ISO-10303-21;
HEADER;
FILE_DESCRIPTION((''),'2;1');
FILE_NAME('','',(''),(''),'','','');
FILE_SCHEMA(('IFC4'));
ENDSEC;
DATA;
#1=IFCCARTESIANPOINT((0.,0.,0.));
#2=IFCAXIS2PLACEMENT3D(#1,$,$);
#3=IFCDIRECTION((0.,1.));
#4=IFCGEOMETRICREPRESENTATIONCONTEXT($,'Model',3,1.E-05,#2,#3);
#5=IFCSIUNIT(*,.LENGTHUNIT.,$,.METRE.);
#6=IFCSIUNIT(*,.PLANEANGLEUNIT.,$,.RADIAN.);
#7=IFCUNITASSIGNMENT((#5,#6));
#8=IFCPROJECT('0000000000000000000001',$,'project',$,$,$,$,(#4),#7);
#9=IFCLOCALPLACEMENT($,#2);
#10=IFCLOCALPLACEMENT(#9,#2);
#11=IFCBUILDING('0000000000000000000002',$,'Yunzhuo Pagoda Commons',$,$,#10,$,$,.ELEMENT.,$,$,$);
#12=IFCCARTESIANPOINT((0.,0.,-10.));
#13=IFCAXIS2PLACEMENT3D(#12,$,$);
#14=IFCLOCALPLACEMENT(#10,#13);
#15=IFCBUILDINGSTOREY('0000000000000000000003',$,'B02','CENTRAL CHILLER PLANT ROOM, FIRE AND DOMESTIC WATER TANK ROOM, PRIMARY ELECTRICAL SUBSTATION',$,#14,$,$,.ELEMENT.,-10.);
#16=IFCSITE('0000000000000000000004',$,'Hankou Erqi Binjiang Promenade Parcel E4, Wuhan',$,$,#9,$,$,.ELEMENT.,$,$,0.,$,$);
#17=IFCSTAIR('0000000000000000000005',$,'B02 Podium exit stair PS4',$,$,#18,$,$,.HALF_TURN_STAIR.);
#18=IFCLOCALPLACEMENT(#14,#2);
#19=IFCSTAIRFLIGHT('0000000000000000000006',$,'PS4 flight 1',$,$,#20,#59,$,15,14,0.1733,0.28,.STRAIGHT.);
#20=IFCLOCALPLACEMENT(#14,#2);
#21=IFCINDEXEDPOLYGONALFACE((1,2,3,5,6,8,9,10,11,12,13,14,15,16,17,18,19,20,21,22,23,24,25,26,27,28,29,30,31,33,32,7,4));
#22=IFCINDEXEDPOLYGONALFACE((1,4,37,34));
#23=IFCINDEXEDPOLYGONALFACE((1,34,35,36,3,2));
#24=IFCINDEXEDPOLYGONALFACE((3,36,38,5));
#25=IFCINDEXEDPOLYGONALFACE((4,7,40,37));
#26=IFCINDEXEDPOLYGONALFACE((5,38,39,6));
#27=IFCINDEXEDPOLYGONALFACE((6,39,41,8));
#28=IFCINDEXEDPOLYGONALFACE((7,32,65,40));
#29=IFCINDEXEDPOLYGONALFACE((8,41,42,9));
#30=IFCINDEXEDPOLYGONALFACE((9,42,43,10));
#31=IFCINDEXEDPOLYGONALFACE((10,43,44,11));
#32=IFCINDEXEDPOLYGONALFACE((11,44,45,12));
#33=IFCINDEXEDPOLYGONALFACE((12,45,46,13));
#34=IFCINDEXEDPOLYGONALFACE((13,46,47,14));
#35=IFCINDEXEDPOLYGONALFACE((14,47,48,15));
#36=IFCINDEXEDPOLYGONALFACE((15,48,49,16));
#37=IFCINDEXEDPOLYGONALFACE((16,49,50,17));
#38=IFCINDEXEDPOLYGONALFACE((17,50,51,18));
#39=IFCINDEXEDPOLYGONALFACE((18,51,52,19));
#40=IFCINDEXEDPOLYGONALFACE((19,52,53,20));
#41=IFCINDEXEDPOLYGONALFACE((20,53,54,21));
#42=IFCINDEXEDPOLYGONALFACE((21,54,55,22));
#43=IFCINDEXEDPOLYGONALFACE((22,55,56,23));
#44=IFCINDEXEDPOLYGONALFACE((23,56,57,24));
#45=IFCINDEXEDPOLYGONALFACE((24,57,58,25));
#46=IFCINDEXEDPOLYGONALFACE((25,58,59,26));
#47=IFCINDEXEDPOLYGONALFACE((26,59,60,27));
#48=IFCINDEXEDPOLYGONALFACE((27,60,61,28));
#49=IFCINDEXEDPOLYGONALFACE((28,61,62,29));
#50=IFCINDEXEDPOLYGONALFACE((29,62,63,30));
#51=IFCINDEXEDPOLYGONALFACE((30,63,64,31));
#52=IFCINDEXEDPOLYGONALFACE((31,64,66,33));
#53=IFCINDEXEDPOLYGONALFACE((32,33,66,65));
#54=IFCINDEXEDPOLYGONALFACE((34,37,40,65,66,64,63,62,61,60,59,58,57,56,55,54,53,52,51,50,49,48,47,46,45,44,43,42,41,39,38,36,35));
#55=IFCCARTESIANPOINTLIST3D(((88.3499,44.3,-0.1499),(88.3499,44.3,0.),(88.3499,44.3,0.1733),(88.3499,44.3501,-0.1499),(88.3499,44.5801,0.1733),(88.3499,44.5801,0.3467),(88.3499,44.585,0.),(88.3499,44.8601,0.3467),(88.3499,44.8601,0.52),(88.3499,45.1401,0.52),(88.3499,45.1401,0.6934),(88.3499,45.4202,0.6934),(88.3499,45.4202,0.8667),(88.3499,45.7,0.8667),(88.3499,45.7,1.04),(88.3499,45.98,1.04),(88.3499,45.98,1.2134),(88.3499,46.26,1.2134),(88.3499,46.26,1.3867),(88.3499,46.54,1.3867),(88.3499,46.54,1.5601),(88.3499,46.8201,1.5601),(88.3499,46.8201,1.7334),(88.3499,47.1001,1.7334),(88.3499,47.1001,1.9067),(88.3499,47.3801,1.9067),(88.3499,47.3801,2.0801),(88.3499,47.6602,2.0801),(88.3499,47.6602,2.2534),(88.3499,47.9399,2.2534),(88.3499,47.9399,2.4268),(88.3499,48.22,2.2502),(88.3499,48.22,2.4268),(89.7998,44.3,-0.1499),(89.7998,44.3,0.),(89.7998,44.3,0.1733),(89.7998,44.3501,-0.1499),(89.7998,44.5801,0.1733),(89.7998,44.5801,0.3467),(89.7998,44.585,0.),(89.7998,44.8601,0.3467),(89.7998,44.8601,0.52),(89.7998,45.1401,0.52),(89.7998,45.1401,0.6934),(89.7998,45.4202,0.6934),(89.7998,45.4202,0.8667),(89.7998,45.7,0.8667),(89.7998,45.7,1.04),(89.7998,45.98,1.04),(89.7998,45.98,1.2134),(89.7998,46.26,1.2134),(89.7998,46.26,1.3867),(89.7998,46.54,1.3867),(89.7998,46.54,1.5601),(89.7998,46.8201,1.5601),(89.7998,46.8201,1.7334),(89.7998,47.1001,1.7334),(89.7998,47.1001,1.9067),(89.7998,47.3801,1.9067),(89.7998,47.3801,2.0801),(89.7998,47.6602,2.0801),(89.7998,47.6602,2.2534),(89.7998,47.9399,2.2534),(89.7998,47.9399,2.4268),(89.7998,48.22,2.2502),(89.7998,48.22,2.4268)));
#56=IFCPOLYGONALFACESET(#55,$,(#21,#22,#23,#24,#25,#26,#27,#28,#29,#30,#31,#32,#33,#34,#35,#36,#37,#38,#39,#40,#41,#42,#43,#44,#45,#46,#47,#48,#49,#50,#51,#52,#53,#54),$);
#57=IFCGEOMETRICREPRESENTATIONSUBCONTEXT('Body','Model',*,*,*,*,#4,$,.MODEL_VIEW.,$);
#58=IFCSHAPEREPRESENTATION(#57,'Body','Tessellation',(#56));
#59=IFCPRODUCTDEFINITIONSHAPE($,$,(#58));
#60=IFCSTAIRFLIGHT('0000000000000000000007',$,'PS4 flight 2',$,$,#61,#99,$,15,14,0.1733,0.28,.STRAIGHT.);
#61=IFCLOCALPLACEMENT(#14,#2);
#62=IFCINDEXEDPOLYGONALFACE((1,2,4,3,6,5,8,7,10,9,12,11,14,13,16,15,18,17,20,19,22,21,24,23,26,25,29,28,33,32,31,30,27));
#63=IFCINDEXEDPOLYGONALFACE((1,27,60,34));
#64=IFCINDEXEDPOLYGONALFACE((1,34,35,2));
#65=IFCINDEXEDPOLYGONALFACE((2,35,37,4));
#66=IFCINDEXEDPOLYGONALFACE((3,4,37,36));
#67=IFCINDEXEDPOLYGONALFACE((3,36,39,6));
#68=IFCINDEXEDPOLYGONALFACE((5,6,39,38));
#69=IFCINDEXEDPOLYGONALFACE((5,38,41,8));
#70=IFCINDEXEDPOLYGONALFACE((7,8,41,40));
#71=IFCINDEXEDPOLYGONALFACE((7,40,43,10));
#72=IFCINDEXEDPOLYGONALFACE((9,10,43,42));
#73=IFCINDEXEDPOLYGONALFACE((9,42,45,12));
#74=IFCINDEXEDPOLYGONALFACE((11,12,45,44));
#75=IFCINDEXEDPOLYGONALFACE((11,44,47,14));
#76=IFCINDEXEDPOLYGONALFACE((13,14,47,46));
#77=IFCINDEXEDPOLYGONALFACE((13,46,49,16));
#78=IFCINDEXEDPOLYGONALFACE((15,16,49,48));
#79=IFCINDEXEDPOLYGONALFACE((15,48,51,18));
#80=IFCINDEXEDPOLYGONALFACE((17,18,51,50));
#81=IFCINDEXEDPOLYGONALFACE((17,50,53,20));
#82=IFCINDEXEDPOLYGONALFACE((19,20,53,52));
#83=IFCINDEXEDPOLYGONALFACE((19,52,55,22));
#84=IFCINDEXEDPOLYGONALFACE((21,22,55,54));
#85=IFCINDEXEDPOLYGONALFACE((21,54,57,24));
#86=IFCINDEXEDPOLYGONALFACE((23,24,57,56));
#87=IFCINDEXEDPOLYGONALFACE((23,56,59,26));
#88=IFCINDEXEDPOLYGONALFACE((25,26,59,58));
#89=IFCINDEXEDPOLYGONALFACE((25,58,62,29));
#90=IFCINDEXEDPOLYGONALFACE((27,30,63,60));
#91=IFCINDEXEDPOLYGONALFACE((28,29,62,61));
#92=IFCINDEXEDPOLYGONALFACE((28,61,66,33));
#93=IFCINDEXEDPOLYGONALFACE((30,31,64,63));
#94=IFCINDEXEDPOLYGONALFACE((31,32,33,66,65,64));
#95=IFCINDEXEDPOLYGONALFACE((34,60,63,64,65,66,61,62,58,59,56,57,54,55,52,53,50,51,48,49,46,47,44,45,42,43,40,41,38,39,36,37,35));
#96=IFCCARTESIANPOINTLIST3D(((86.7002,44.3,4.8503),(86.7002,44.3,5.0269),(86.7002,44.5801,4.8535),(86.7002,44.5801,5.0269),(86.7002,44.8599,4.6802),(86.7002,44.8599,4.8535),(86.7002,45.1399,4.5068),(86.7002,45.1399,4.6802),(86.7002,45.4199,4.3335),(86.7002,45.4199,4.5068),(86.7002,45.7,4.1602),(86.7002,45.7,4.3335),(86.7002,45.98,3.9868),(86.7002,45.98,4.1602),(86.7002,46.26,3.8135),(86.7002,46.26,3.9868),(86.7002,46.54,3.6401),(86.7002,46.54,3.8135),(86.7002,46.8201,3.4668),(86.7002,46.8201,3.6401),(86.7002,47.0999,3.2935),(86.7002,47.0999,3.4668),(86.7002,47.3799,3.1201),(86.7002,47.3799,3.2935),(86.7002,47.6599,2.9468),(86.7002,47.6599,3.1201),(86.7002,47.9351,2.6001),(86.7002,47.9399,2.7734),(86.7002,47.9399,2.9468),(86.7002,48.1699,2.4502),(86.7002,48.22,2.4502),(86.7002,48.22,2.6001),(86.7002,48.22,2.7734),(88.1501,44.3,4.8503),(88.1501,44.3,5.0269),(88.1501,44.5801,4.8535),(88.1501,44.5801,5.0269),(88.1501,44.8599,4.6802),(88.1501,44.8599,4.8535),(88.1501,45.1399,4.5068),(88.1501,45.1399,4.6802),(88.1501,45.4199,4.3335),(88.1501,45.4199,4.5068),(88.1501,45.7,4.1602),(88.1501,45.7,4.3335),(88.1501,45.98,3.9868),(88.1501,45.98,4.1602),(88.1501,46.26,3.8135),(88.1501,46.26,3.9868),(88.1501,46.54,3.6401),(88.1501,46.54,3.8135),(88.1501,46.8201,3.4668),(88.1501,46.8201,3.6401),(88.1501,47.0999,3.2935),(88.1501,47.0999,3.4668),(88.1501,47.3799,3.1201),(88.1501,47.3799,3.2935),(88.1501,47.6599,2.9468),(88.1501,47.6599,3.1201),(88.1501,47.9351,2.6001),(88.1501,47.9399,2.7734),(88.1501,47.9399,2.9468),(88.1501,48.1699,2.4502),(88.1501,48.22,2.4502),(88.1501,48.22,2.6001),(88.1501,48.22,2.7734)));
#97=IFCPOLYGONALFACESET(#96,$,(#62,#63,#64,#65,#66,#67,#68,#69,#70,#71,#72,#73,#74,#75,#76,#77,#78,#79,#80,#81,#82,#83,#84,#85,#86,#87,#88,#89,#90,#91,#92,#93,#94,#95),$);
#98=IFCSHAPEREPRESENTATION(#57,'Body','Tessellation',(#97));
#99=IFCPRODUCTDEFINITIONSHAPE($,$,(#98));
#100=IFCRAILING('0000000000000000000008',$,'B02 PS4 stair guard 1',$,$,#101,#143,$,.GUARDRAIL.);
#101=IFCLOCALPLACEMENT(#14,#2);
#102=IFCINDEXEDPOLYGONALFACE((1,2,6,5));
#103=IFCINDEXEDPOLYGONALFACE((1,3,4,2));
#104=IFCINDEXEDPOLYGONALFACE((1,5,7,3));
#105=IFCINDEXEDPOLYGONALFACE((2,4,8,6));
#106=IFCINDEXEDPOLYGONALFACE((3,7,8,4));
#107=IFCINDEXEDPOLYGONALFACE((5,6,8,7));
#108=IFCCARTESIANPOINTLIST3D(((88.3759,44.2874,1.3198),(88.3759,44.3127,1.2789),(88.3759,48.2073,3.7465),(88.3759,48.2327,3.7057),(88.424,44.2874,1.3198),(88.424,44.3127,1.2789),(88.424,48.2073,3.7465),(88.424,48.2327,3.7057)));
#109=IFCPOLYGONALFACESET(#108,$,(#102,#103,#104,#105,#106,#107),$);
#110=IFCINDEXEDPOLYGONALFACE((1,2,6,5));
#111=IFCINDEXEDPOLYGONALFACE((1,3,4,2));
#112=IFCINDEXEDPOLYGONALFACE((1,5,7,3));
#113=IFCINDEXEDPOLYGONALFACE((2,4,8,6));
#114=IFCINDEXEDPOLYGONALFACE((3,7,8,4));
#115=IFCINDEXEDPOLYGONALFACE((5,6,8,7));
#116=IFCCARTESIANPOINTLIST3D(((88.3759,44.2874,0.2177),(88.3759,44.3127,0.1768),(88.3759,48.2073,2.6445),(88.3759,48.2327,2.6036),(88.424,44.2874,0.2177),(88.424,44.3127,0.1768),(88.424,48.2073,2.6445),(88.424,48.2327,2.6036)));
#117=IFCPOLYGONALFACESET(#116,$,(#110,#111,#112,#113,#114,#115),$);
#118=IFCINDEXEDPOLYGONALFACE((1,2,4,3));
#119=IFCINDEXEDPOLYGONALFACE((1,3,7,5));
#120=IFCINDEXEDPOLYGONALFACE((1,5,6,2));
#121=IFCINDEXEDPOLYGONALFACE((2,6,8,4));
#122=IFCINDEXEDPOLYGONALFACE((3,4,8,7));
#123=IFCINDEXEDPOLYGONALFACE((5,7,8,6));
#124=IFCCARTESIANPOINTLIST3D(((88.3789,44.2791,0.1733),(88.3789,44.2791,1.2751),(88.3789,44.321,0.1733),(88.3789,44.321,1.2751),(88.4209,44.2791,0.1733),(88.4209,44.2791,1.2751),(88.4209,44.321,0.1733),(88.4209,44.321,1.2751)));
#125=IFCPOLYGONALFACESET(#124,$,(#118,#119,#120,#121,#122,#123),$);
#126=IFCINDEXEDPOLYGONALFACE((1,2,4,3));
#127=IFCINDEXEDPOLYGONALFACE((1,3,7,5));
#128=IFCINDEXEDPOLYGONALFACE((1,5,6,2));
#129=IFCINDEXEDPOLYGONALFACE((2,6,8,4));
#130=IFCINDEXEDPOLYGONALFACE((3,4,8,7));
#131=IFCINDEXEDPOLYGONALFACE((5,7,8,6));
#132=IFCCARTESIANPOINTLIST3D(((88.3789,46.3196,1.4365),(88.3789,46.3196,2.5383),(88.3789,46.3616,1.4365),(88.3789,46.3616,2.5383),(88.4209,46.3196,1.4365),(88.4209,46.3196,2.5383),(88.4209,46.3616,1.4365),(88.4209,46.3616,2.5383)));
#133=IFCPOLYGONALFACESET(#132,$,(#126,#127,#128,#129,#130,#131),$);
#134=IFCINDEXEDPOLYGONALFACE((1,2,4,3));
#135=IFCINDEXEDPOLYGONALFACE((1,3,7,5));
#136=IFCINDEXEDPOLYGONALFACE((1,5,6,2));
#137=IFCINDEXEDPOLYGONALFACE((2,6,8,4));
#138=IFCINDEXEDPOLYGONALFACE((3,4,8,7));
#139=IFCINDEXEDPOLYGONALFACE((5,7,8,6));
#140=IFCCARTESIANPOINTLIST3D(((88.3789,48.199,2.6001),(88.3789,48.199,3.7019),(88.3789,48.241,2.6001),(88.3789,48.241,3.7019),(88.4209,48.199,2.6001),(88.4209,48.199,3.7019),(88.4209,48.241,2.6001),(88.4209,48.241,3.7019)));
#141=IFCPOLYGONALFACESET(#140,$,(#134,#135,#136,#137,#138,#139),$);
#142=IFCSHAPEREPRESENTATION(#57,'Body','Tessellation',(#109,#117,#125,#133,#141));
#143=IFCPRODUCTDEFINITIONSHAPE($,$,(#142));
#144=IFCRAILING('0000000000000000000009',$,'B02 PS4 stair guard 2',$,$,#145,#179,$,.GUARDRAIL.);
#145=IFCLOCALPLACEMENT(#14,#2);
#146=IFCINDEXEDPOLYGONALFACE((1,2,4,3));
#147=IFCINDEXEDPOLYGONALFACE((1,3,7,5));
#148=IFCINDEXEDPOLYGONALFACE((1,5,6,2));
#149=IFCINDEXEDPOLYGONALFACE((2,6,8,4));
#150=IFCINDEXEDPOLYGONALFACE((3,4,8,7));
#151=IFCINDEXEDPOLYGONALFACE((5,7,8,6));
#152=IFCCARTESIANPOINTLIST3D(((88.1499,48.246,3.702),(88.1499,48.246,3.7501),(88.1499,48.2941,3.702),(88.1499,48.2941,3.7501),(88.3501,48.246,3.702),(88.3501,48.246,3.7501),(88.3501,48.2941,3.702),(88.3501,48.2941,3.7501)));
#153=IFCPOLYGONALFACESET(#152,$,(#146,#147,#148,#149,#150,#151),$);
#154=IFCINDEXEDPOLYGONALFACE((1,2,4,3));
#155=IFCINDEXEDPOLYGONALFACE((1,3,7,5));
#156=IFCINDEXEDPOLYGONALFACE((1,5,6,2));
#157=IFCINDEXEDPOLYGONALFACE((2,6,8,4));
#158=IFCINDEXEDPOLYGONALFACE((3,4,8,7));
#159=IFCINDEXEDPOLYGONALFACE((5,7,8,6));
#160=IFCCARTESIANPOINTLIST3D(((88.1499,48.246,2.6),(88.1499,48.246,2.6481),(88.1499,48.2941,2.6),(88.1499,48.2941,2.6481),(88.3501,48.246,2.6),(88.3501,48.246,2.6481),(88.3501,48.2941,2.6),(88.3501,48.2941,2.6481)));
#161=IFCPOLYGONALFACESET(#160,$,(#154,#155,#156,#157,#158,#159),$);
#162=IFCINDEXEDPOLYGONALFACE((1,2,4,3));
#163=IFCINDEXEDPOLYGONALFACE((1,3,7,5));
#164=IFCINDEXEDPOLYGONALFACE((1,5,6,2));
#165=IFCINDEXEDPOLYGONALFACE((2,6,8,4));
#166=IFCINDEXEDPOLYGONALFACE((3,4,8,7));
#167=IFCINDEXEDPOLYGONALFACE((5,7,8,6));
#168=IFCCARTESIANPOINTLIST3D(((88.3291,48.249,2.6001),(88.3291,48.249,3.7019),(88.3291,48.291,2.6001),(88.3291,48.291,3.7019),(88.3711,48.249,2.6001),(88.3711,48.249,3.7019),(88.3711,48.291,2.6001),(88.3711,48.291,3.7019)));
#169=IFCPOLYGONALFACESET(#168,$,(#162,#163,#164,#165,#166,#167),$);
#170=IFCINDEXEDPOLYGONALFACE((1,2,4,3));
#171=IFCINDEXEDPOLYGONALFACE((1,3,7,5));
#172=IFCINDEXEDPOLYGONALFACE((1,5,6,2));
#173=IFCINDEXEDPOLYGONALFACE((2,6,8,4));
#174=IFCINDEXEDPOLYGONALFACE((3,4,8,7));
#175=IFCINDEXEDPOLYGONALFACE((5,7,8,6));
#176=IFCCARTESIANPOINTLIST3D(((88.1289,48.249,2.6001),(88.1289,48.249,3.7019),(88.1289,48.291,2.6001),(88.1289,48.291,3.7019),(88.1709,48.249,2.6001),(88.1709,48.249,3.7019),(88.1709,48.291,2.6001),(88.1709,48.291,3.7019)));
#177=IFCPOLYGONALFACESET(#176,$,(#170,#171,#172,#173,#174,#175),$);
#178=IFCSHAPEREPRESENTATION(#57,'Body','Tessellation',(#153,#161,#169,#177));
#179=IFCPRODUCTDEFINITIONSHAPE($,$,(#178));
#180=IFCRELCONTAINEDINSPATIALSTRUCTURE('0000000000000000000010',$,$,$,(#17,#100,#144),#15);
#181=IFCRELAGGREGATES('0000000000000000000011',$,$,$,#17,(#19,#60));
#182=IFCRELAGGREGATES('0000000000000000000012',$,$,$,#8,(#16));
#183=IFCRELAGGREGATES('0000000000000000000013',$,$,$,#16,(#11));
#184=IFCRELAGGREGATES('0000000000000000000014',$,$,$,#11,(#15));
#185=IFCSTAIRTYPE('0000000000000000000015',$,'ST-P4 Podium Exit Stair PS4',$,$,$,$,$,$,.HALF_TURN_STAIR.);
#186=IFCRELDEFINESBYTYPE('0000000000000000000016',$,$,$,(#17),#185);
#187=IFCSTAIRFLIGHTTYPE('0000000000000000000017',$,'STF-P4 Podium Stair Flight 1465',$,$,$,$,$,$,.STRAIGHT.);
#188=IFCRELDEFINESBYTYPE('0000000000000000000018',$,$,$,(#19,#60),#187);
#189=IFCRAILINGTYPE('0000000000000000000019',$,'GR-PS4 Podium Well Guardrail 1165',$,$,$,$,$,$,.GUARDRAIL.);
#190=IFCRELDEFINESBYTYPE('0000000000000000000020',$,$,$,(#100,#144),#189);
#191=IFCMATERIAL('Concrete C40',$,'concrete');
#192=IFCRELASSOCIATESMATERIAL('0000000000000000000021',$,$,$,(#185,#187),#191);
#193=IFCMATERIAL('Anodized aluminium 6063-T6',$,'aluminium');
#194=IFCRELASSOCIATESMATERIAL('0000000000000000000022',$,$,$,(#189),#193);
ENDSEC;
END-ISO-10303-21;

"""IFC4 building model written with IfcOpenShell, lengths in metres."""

from ifc_helpers import new_model, si_unit, direction, frame, origin, origin_2d, place, context, subcontext, project, spatial, polyline, rectangle, outline, extrude, source, transform, mapped, material, type_object, element, aggregate, save


model = new_model("IFC4")

# Units and contexts
model_context = context("Model", 3, precision=1e-05, world=origin(), true_north=direction((0.0, 1.0)))
body_context = subcontext(model_context, "Body", "Model", "MODEL_VIEW")
ifc_project = project(units=[si_unit("LENGTHUNIT", "METRE"), si_unit("PLANEANGLEUNIT", "RADIAN")], contexts=[model_context])

# Site, building, storey
site_placement = place(None, origin())
site = spatial("IfcSite", under=ifc_project, at=site_placement, Name="Hankou Erqi Binjiang Promenade Parcel E4, Wuhan", CompositionType="ELEMENT", RefElevation=0.0)
building_placement = place(site_placement, origin())
building = spatial("IfcBuilding", under=site, at=building_placement, Name="Yunzhuo Pagoda Commons", CompositionType="ELEMENT")
storey_placement = place(building_placement, frame((0.0, 0.0, -10.0)))
storey = spatial("IfcBuildingStorey", under=building, at=storey_placement, Name="B02", Description="CENTRAL CHILLER PLANT ROOM, FIRE AND DOMESTIC WATER TANK ROOM, PRIMARY ELECTRICAL SUBSTATION", CompositionType="ELEMENT", Elevation=-10.0)

# Stair, stair flights
ifc_material_1 = material(Name="Concrete C40", Category="concrete")
stair_type = type_object("IfcStairType", Name="ST-P4 Podium Exit Stair PS4", PredefinedType="HALF_TURN_STAIR", material=ifc_material_1)
stair_placement = place(storey_placement, origin())
stair = element("IfcStair", 1, at=stair_placement, inside=storey, type_object=stair_type, Name="B02 Podium exit stair PS4", PredefinedType="HALF_TURN_STAIR")
stair_flight_type = type_object("IfcStairFlightType", Name="STF-P4 Podium Stair Flight 1465", PredefinedType="STRAIGHT", material=ifc_material_1)
shared_shape_1 = source(origin(), body_context, "Body", "SweptSolid", [
    extrude(outline(polyline([(0.0, -0.1499), (0.0, 0.0), (0.0, 0.1733), (0.28, 0.1733), (0.28, 0.3467), (0.5601, 0.3467), (0.5601, 0.52), (0.8401, 0.52), (0.8401, 0.6934), (1.1201, 0.6934), (1.1201, 0.8667), (1.3999, 0.8667), (1.3999, 1.04), (1.6799, 1.04), (1.6799, 1.2134), (1.96, 1.2134), (1.96, 1.3867), (2.24, 1.3867), (2.24, 1.5601), (2.52, 1.5601), (2.52, 1.7334), (2.8, 1.7334), (2.8, 1.9067), (3.0801, 1.9067), (3.0801, 2.0801), (3.3601, 2.0801), (3.3601, 2.2534), (3.6399, 2.2534), (3.6399, 2.4268), (3.9199, 2.4268), (3.9199, 2.6001), (3.9199, 2.2502), (0.2849, 0.0), (0.05, -0.1499), (0.0, -0.1499)])), frame((0.0, 0.7251, 0.0), z_axis=(0.0, -1.0, 0.0), x_axis=(1.0, 0.0, 0.0)), (0.0, 0.0, 1.0), 1.45),
])
stair_flight_1_placement = place(storey_placement, frame((89.075, 44.3, 0.0), z_axis=(0.0, 0.0, 1.0), x_axis=(0.0, 1.0, 0.0)))
stair_flight_1 = element("IfcStairFlight", 2, at=stair_flight_1_placement, type_object=stair_flight_type, Name="PS4 flight 1", NumberOfRisers=15, NumberOfTreads=14, PredefinedType="STRAIGHT", RiserHeight=0.1733, TreadLength=0.28, context=body_context, shape_type="MappedRepresentation", body=[
    mapped(shared_shape_1, transform((0.0, 0.0, 0.0), scale=1.0)),
])
stair_flight_2_placement = place(storey_placement, frame((87.425, 48.22, 2.6001), z_axis=(0.0, 0.0, 1.0), x_axis=(0.0, -1.0, 0.0)))
stair_flight_2 = element("IfcStairFlight", 3, at=stair_flight_2_placement, type_object=stair_flight_type, Name="PS4 flight 2", NumberOfRisers=15, NumberOfTreads=14, PredefinedType="STRAIGHT", RiserHeight=0.1733, TreadLength=0.28, context=body_context, shape_type="MappedRepresentation", body=[
    mapped(shared_shape_1, transform((0.0, 0.0, 0.0), scale=1.0)),
])
aggregate(stair, [stair_flight_1, stair_flight_2])

# Railings
ifc_material_2 = material(Name="Anodized aluminium 6063-T6", Category="aluminium")
railing_type_1 = type_object("IfcRailingType", Name="GR-PS4 Podium Well Guardrail 1165", PredefinedType="GUARDRAIL", material=ifc_material_2)
railing_1_placement = place(storey_placement, frame((88.3999, 44.3, 0.1733)))
element("IfcRailing", 4, at=railing_1_placement, inside=storey, type_object=railing_type_1, Name="B02 PS4 stair guard 1", PredefinedType="GUARDRAIL", context=body_context, shape_type="SweptSolid", body=[
    extrude(rectangle(XDim=0.0481, YDim=0.0481, at=origin_2d()), frame((0.0, 0.0, 1.126), z_axis=(0.0, 0.850252, 0.526376), x_axis=(-1.0, 0.0, 0.0)), (0.0, 0.0, 1.0), 4.6104),
    extrude(rectangle(XDim=0.0481, YDim=0.0481, at=origin_2d()), frame((0.0, 0.0, 0.0239), z_axis=(0.0, 0.850252, 0.526376), x_axis=(-1.0, 0.0, 0.0)), (0.0, 0.0, 1.0), 4.6104),
    extrude(rectangle(XDim=0.042, YDim=0.042, at=origin_2d()), origin(), (0.0, 0.0, 1.0), 1.1018),
    extrude(rectangle(XDim=0.042, YDim=0.042, at=origin_2d()), frame((0.0, 2.0405, 1.2632)), (0.0, 0.0, 1.0), 1.1018),
    extrude(rectangle(XDim=0.042, YDim=0.042, at=origin_2d()), frame((0.0, 3.9199, 2.4268)), (0.0, 0.0, 1.0), 1.1018),
])
railing_2_placement = place(storey_placement, frame((88.3501, 48.27, 2.6001)))
element("IfcRailing", 5, at=railing_2_placement, inside=storey, type_object=railing_type_1, Name="B02 PS4 stair guard 2", PredefinedType="GUARDRAIL", context=body_context, shape_type="SweptSolid", body=[
    extrude(rectangle(XDim=0.0481, YDim=0.0481, at=origin_2d()), frame((0.0, 0.0, 1.126), z_axis=(-1.0, 0.0, 0.0), x_axis=(0.0, -1.0, 0.0)), (0.0, 0.0, 1.0), 0.2002),
    extrude(rectangle(XDim=0.0481, YDim=0.0481, at=origin_2d()), frame((0.0, 0.0, 0.0239), z_axis=(-1.0, 0.0, 0.0), x_axis=(0.0, -1.0, 0.0)), (0.0, 0.0, 1.0), 0.2002),
    extrude(rectangle(XDim=0.042, YDim=0.042, at=origin_2d()), origin(), (0.0, 0.0, 1.0), 1.1018),
    extrude(rectangle(XDim=0.042, YDim=0.042, at=origin_2d()), frame((-0.2002, 0.0, 0.0)), (0.0, 0.0, 1.0), 1.1018),
])

save(model, "model.ifc")
